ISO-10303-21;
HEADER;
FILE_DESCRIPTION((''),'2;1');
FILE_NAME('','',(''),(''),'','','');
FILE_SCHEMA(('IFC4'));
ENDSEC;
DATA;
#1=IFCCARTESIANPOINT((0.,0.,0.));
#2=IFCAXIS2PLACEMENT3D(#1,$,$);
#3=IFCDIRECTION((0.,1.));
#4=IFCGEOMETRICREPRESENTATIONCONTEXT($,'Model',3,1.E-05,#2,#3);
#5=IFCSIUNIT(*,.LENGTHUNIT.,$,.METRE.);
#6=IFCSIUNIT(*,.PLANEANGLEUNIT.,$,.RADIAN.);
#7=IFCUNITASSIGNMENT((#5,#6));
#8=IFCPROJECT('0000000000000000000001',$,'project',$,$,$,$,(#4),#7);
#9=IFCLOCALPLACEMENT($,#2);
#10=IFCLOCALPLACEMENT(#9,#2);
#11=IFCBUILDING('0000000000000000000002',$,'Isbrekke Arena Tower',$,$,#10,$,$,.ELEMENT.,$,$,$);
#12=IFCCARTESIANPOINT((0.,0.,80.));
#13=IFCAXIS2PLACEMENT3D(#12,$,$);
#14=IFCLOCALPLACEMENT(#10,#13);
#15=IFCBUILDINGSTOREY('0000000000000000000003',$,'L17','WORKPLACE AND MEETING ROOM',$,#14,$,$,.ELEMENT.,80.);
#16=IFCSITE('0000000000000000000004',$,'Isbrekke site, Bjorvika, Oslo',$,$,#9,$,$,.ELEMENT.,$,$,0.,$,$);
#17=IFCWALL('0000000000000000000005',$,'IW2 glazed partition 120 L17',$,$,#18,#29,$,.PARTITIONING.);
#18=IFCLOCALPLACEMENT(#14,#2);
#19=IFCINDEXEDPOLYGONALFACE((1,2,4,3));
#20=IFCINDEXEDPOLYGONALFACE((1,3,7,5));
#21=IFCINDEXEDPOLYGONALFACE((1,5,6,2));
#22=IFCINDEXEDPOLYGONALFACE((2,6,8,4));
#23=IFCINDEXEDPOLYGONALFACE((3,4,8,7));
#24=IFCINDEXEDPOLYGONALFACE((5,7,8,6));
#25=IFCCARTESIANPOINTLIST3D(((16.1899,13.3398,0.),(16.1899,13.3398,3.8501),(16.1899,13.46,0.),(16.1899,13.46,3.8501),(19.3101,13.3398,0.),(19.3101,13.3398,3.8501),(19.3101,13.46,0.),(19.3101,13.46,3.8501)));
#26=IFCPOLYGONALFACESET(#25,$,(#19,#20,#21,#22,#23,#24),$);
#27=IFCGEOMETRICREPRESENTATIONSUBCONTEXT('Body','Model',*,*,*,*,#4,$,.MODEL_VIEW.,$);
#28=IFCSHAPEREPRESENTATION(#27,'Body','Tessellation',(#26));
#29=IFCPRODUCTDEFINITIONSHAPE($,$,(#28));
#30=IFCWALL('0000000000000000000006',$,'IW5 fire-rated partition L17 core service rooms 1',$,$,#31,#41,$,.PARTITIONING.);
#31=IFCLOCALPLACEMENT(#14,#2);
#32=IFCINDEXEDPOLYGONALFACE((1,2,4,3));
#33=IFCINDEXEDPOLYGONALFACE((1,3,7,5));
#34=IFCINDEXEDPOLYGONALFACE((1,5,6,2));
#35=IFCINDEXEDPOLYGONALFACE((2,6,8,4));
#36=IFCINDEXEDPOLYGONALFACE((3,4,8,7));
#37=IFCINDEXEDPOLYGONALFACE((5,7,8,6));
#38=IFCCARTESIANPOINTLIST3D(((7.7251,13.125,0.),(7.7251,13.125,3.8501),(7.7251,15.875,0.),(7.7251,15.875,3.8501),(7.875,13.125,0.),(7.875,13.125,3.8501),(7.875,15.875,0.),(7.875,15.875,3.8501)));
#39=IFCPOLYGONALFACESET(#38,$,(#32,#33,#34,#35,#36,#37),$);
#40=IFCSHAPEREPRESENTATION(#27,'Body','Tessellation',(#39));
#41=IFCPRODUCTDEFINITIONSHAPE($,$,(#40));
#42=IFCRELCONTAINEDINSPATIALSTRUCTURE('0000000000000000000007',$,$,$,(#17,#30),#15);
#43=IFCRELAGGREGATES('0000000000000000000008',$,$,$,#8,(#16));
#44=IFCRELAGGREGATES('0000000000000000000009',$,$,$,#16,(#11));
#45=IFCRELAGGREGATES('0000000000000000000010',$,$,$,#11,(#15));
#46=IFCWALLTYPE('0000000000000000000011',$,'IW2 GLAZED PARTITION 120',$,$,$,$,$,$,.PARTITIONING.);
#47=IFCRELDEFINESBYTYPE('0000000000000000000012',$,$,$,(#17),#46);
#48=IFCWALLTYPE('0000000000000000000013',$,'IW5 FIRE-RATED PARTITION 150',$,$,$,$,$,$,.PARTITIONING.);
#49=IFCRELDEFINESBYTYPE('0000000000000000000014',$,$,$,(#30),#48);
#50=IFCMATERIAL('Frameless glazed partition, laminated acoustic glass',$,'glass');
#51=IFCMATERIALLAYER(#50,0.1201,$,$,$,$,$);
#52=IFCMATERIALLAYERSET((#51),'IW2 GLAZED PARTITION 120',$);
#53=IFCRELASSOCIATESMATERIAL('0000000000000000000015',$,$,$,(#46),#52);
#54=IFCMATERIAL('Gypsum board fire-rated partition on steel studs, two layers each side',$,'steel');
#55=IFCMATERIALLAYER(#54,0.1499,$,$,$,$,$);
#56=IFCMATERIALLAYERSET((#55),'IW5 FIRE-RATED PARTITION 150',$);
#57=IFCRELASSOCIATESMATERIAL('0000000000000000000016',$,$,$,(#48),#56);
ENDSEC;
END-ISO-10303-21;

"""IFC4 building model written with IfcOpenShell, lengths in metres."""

from ifc_helpers import new_model, si_unit, direction, frame, frame_2d, origin, place, context, subcontext, project, spatial, rectangle, extrude, material, layer, layer_set, type_object, element, save


model = new_model("IFC4")

# Units and contexts
model_context = context("Model", 3, precision=1e-05, world=origin(), true_north=direction((0.0, 1.0)))
body_context = subcontext(model_context, "Body", "Model", "MODEL_VIEW")
ifc_project = project(units=[si_unit("LENGTHUNIT", "METRE"), si_unit("PLANEANGLEUNIT", "RADIAN")], contexts=[model_context])

# Site, building, storey
site_placement = place(None, origin())
site = spatial("IfcSite", under=ifc_project, at=site_placement, Name="Isbrekke site, Bjorvika, Oslo", CompositionType="ELEMENT", RefElevation=0.0)
building_placement = place(site_placement, origin())
building = spatial("IfcBuilding", under=site, at=building_placement, Name="Isbrekke Arena Tower", CompositionType="ELEMENT")
storey_placement = place(building_placement, frame((0.0, 0.0, 80.0)))
storey = spatial("IfcBuildingStorey", under=building, at=storey_placement, Name="L17", Description="WORKPLACE AND MEETING ROOM", CompositionType="ELEMENT", Elevation=80.0)

# Walls
ifc_material_1 = material(Name="Frameless glazed partition, laminated acoustic glass", Category="glass")
ifc_layer_1 = layer(ifc_material_1, 0.1201)
ifc_layer_set_1 = layer_set([ifc_layer_1], Name="IW2 GLAZED PARTITION 120")
wall_type_1 = type_object("IfcWallType", Name="IW2 GLAZED PARTITION 120", PredefinedType="PARTITIONING", material=ifc_layer_set_1)
wall_1_placement = place(storey_placement, frame((16.1899, 13.3999, 0.0), z_axis=(0.0, 0.0, 1.0), x_axis=(1.0, 0.0, 0.0)))
element("IfcWall", 1, at=wall_1_placement, inside=storey, type_object=wall_type_1, Name="IW2 glazed partition 120 L17", PredefinedType="PARTITIONING", context=body_context, shape_type="SweptSolid", body=[
    extrude(rectangle(XDim=3.1201, YDim=0.1201, at=frame_2d((1.5601, 0.0))), origin(), (0.0, 0.0, 1.0), 3.8501),
])
ifc_material_2 = material(Name="Gypsum board fire-rated partition on steel studs, two layers each side", Category="steel")
ifc_layer_2 = layer(ifc_material_2, 0.1499)
ifc_layer_set_2 = layer_set([ifc_layer_2], Name="IW5 FIRE-RATED PARTITION 150")
wall_type_2 = type_object("IfcWallType", Name="IW5 FIRE-RATED PARTITION 150", PredefinedType="PARTITIONING", material=ifc_layer_set_2)
wall_2_placement = place(storey_placement, frame((7.8, 13.125, 0.0), z_axis=(0.0, 0.0, 1.0), x_axis=(0.0, 1.0, 0.0)))
element("IfcWall", 2, at=wall_2_placement, inside=storey, type_object=wall_type_2, Name="IW5 fire-rated partition L17 core service rooms 1", PredefinedType="PARTITIONING", context=body_context, shape_type="SweptSolid", body=[
    extrude(rectangle(XDim=2.75, YDim=0.1499, at=frame_2d((1.375, 0.0))), origin(), (0.0, 0.0, 1.0), 3.8501),
])

save(model, "model.ifc")
